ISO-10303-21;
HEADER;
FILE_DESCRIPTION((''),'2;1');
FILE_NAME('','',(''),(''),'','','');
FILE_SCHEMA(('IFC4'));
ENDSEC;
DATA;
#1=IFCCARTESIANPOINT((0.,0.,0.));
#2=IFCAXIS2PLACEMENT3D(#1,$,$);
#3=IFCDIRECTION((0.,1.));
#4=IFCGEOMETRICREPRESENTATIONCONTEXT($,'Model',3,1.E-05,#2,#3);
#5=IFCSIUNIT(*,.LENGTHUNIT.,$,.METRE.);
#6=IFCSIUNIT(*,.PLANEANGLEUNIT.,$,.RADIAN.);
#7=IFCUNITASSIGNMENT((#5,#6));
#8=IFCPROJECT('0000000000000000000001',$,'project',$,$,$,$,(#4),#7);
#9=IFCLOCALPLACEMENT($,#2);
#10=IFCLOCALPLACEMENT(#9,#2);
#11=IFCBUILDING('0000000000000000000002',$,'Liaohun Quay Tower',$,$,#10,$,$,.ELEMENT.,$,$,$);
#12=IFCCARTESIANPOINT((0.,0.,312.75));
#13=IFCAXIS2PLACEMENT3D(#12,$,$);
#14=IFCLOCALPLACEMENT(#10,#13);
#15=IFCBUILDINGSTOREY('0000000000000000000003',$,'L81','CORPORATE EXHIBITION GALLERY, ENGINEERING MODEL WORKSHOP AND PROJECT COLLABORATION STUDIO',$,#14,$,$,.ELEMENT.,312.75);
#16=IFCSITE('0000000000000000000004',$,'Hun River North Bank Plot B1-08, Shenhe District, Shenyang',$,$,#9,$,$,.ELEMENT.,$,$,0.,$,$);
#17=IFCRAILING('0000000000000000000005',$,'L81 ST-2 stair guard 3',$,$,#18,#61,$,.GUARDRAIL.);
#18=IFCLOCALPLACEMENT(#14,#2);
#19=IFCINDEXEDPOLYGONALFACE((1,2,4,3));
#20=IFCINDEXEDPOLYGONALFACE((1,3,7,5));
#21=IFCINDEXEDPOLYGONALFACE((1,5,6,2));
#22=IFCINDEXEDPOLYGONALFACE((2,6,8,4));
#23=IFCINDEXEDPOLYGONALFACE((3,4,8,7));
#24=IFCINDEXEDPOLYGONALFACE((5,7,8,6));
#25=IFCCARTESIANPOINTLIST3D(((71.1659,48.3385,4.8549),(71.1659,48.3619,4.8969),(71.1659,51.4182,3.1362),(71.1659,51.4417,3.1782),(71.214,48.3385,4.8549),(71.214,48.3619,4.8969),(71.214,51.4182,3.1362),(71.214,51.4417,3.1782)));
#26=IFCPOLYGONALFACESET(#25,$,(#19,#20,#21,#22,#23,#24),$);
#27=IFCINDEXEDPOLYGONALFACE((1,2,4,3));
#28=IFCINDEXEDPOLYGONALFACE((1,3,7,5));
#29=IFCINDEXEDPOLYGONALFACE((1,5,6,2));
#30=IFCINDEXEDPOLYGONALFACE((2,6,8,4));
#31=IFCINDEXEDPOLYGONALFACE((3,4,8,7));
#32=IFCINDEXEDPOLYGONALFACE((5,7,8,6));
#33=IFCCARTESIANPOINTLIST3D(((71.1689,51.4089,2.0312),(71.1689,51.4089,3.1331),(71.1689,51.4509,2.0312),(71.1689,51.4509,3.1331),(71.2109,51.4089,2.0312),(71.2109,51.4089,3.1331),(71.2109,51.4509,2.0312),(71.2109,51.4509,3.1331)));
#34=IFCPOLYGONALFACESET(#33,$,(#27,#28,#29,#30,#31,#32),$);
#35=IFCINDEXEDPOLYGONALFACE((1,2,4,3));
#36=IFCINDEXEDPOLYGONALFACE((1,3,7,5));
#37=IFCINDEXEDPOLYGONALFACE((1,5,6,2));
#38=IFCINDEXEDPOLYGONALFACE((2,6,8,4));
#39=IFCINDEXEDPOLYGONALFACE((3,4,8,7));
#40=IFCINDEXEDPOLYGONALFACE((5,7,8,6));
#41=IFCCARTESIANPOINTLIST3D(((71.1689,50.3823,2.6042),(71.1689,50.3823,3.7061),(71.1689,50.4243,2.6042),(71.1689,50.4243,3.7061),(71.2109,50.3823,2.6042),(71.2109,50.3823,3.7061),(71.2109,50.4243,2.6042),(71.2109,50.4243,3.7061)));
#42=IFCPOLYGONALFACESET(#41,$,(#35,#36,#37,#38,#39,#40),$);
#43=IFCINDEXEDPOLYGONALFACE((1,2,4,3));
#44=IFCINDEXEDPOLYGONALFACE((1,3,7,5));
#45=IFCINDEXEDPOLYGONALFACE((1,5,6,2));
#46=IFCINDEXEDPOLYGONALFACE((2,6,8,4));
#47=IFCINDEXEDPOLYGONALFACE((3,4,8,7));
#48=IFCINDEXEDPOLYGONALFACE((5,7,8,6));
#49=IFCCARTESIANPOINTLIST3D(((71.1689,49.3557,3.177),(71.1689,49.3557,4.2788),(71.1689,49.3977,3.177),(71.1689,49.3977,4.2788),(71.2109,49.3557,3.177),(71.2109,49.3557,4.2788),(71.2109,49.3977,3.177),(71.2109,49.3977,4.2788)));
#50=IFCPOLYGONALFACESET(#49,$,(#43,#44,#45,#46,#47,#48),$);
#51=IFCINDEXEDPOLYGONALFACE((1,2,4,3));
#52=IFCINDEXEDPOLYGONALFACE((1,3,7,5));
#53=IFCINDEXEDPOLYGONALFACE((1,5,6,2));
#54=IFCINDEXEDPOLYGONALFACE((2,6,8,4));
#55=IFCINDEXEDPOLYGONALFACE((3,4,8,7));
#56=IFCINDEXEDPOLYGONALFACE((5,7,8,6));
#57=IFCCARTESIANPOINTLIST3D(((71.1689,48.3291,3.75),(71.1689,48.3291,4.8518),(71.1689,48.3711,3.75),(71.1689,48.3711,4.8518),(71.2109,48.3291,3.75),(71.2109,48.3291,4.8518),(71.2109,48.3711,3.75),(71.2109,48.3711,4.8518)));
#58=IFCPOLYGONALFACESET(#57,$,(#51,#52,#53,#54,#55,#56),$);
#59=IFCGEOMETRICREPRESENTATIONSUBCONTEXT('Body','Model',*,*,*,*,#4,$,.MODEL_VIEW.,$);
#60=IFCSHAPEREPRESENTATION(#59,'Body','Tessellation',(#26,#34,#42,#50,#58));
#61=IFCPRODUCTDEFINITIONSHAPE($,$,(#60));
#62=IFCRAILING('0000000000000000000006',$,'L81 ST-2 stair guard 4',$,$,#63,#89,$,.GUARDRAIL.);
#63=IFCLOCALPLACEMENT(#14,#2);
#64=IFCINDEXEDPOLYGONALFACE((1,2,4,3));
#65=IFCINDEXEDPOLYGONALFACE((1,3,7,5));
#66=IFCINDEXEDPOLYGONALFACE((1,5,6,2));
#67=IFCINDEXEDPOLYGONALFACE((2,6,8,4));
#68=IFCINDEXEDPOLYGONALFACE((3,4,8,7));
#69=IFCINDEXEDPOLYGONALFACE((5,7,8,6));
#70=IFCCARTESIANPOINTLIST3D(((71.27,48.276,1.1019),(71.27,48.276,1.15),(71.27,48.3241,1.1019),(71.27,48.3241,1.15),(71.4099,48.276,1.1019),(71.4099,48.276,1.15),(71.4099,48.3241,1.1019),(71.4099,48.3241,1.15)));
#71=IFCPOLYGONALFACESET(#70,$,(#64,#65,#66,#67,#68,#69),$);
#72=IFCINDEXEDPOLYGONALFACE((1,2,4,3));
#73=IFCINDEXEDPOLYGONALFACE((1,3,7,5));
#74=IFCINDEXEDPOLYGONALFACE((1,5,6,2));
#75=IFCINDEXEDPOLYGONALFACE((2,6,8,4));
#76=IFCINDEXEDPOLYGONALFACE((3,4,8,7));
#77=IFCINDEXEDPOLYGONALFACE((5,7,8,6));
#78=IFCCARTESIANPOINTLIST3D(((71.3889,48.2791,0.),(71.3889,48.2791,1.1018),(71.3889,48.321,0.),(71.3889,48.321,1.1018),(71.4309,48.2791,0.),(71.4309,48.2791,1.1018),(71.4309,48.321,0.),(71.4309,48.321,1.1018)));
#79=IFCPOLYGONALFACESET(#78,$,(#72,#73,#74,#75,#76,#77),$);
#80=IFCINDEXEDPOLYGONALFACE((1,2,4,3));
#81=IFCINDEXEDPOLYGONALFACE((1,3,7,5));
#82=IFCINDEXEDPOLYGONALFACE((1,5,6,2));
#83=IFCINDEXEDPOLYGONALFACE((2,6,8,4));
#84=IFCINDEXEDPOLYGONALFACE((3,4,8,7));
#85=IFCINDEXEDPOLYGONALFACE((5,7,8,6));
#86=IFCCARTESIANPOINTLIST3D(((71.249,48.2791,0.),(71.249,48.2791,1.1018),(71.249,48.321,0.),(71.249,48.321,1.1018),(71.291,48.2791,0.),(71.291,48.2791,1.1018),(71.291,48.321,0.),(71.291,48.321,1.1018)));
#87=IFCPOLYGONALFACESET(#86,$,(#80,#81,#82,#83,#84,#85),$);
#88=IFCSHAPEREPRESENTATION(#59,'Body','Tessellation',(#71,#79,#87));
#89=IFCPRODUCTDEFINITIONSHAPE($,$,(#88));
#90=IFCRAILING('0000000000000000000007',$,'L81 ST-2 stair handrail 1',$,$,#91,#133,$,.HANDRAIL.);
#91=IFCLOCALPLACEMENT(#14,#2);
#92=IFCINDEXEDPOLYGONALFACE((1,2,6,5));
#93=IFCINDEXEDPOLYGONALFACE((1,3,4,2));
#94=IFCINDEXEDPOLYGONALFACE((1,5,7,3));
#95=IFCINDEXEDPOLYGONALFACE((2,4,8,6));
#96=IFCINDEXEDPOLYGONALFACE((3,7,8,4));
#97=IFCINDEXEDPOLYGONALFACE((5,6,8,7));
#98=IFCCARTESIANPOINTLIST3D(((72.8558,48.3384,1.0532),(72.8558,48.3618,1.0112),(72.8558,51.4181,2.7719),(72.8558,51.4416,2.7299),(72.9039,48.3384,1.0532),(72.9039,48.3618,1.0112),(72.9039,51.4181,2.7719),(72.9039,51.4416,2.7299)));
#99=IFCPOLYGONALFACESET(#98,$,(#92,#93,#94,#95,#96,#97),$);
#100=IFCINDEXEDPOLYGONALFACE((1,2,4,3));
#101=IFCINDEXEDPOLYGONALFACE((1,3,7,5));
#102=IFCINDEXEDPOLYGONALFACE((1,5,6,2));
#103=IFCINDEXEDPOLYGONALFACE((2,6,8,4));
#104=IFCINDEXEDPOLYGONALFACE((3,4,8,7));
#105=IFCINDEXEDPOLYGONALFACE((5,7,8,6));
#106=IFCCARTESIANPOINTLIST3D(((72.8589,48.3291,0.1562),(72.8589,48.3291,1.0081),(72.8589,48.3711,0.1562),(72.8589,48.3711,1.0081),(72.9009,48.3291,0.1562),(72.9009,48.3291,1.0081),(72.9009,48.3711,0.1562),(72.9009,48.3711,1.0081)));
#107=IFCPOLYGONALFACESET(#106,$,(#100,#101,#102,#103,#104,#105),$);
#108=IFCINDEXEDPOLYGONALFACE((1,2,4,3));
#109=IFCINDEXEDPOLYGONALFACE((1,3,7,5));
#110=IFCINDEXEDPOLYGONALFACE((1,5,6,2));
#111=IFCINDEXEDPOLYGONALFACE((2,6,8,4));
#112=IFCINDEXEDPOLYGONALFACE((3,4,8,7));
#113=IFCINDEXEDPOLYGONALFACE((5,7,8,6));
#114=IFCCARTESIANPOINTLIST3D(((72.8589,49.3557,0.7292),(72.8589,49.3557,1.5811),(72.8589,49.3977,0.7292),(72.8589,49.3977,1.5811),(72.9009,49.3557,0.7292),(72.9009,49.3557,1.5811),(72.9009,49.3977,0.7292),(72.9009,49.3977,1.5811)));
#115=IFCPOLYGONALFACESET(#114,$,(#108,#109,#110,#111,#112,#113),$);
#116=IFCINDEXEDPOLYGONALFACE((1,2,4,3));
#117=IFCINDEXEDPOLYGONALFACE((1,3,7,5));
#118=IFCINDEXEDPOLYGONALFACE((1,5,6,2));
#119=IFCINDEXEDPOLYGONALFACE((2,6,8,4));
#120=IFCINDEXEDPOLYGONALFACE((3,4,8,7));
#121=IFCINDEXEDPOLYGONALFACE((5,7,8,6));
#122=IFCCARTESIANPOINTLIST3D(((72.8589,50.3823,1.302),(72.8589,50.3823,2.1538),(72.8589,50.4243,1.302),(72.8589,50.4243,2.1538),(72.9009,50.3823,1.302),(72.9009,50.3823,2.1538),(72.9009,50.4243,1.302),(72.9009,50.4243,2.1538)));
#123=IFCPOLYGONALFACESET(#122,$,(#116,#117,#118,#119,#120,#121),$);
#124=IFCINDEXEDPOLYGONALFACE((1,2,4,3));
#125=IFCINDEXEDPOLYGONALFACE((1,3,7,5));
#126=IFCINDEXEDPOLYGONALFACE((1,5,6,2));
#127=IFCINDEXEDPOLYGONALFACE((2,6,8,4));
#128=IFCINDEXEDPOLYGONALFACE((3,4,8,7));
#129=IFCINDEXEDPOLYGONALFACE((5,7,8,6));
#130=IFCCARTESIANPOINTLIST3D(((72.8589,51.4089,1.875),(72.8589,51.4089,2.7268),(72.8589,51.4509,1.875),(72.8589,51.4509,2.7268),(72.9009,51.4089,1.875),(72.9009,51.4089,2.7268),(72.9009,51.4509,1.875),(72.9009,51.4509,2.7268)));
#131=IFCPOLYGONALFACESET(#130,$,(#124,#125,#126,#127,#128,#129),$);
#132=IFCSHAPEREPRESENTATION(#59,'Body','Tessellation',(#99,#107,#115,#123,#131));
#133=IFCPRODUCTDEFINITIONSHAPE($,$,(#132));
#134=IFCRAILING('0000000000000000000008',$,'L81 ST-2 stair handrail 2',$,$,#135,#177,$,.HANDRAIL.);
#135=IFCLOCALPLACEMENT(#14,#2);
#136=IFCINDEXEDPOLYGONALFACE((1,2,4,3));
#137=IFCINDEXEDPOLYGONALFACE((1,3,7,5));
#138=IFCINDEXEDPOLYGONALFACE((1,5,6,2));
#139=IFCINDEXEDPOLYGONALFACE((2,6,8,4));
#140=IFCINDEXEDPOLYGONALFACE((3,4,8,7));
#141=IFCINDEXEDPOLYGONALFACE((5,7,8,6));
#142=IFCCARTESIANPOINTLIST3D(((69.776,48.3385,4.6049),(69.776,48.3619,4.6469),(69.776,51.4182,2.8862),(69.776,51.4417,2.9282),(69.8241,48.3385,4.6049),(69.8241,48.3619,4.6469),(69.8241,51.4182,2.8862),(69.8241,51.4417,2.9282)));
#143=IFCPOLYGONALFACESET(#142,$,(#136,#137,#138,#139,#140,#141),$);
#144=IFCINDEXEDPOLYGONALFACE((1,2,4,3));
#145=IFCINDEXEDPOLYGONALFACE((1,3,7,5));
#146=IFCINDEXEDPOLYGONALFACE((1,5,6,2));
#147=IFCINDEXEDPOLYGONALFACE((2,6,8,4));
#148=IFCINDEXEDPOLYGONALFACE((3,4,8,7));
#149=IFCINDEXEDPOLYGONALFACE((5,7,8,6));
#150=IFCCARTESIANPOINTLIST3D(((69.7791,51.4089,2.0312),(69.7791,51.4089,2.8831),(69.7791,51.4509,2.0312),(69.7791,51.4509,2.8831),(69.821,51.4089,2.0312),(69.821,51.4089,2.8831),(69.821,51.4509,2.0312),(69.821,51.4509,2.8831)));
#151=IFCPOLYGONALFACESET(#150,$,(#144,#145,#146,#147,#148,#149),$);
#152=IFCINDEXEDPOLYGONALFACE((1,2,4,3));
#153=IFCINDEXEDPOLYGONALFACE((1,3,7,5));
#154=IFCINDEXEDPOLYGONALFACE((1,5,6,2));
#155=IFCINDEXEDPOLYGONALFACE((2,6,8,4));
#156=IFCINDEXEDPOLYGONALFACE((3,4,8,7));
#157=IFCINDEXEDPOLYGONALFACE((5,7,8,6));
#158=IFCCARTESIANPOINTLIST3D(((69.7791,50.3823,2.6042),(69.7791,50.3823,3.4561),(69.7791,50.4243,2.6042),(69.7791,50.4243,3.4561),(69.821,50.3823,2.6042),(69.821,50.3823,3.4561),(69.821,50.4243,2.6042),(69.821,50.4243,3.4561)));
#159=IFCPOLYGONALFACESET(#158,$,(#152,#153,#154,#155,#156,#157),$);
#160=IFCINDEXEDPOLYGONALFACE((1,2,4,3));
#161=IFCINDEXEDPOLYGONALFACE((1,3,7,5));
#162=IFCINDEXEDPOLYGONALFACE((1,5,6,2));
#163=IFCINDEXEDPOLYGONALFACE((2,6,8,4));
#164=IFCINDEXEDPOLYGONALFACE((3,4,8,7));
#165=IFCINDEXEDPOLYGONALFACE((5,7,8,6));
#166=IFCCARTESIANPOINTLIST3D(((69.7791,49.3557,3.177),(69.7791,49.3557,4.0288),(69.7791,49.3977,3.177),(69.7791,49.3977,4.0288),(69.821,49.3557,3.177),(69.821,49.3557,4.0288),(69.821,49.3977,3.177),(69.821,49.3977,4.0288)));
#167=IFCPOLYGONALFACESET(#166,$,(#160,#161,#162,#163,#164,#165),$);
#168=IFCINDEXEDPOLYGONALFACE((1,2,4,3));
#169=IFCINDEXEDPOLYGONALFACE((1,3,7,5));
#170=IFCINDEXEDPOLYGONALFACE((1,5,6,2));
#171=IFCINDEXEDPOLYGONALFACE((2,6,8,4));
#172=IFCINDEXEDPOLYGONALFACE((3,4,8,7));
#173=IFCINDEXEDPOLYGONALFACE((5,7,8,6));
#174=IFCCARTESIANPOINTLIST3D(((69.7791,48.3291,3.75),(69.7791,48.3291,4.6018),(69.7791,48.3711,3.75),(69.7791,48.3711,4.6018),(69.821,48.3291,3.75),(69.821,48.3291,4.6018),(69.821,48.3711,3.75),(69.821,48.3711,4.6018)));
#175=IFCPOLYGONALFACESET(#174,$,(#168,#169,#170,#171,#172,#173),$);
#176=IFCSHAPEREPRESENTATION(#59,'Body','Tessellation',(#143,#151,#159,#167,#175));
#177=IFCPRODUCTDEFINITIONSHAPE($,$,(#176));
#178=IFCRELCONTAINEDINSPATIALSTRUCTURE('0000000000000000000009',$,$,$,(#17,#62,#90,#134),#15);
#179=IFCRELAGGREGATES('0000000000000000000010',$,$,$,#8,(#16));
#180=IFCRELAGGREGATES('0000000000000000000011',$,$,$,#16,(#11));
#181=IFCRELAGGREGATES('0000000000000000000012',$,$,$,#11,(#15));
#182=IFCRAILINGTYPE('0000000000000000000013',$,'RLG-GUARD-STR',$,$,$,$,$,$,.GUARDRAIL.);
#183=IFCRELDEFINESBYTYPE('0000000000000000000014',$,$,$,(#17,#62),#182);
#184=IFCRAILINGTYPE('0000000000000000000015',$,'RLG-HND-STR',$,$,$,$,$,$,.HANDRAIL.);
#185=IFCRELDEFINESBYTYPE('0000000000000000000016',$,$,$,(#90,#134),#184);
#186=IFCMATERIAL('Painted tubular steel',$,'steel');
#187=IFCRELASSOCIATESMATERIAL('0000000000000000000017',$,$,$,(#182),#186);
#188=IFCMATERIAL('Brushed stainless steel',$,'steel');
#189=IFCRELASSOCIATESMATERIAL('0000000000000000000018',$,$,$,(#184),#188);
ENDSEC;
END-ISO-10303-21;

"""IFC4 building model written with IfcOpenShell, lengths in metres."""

from ifc_helpers import new_model, si_unit, direction, frame, origin, origin_2d, place, context, subcontext, project, spatial, rectangle, extrude, material, type_object, element, save


model = new_model("IFC4")

# Units and contexts
model_context = context("Model", 3, precision=1e-05, world=origin(), true_north=direction((0.0, 1.0)))
body_context = subcontext(model_context, "Body", "Model", "MODEL_VIEW")
ifc_project = project(units=[si_unit("LENGTHUNIT", "METRE"), si_unit("PLANEANGLEUNIT", "RADIAN")], contexts=[model_context])

# Site, building, storey
site_placement = place(None, origin())
site = spatial("IfcSite", under=ifc_project, at=site_placement, Name="Hun River North Bank Plot B1-08, Shenhe District, Shenyang", CompositionType="ELEMENT", RefElevation=0.0)
building_placement = place(site_placement, origin())
building = spatial("IfcBuilding", under=site, at=building_placement, Name="Liaohun Quay Tower", CompositionType="ELEMENT")
storey_placement = place(building_placement, frame((0.0, 0.0, 312.75)))
storey = spatial("IfcBuildingStorey", under=building, at=storey_placement, Name="L81", Description="CORPORATE EXHIBITION GALLERY, ENGINEERING MODEL WORKSHOP AND PROJECT COLLABORATION STUDIO", CompositionType="ELEMENT", Elevation=312.75)

# Railings
ifc_material_1 = material(Name="Painted tubular steel", Category="steel")
railing_type_1 = type_object("IfcRailingType", Name="RLG-GUARD-STR", PredefinedType="GUARDRAIL", material=ifc_material_1)
railing_1_placement = place(storey_placement, frame((71.1899, 51.4299, 2.0312)))
element("IfcRailing", 1, at=railing_1_placement, inside=storey, type_object=railing_type_1, Name="L81 ST-2 stair guard 3", PredefinedType="GUARDRAIL", context=body_context, shape_type="SweptSolid", body=[
    extrude(rectangle(XDim=0.0481, YDim=0.0481, at=origin_2d()), frame((0.0, 0.0, 1.126), z_axis=(0.0, -0.873225, 0.487317), x_axis=(1.0, 0.0, 0.0)), (0.0, 0.0, 1.0), 3.5269),
    extrude(rectangle(XDim=0.042, YDim=0.042, at=origin_2d()), origin(), (0.0, 0.0, 1.0), 1.1018),
    extrude(rectangle(XDim=0.042, YDim=0.042, at=origin_2d()), frame((0.0, -1.0266, 0.573)), (0.0, 0.0, 1.0), 1.1018),
    extrude(rectangle(XDim=0.042, YDim=0.042, at=origin_2d()), frame((0.0, -2.0532, 1.1458)), (0.0, 0.0, 1.0), 1.1018),
    extrude(rectangle(XDim=0.042, YDim=0.042, at=origin_2d()), frame((0.0, -3.0798, 1.7188)), (0.0, 0.0, 1.0), 1.1018),
])
railing_2_placement = place(storey_placement, frame((71.4099, 48.3, 0.0)))
element("IfcRailing", 2, at=railing_2_placement, inside=storey, type_object=railing_type_1, Name="L81 ST-2 stair guard 4", PredefinedType="GUARDRAIL", context=body_context, shape_type="SweptSolid", body=[
    extrude(rectangle(XDim=0.0481, YDim=0.0481, at=origin_2d()), frame((0.0, 0.0, 1.126), z_axis=(-1.0, 0.0, 0.0), x_axis=(0.0, -1.0, 0.0)), (0.0, 0.0, 1.0), 0.1399),
    extrude(rectangle(XDim=0.042, YDim=0.042, at=origin_2d()), origin(), (0.0, 0.0, 1.0), 1.1018),
    extrude(rectangle(XDim=0.042, YDim=0.042, at=origin_2d()), frame((-0.1399, 0.0, 0.0)), (0.0, 0.0, 1.0), 1.1018),
])
ifc_material_2 = material(Name="Brushed stainless steel", Category="steel")
railing_type_2 = type_object("IfcRailingType", Name="RLG-HND-STR", PredefinedType="HANDRAIL", material=ifc_material_2)
railing_3_placement = place(storey_placement, frame((72.8799, 48.3501, 0.1562)))
element("IfcRailing", 3, at=railing_3_placement, inside=storey, type_object=railing_type_2, Name="L81 ST-2 stair handrail 1", PredefinedType="HANDRAIL", context=body_context, shape_type="SweptSolid", body=[
    extrude(rectangle(XDim=0.0481, YDim=0.0481, at=origin_2d()), frame((0.0, 0.0, 0.876), z_axis=(0.0, 0.873225, 0.487317), x_axis=(-1.0, 0.0, 0.0)), (0.0, 0.0, 1.0), 3.5269),
    extrude(rectangle(XDim=0.042, YDim=0.042, at=origin_2d()), origin(), (0.0, 0.0, 1.0), 0.8518),
    extrude(rectangle(XDim=0.042, YDim=0.042, at=origin_2d()), frame((0.0, 1.0266, 0.573)), (0.0, 0.0, 1.0), 0.8518),
    extrude(rectangle(XDim=0.042, YDim=0.042, at=origin_2d()), frame((0.0, 2.0532, 1.1458)), (0.0, 0.0, 1.0), 0.8518),
    extrude(rectangle(XDim=0.042, YDim=0.042, at=origin_2d()), frame((0.0, 3.0798, 1.7188)), (0.0, 0.0, 1.0), 0.8518),
])
railing_4_placement = place(storey_placement, frame((69.8, 51.4299, 2.0312)))
element("IfcRailing", 4, at=railing_4_placement, inside=storey, type_object=railing_type_2, Name="L81 ST-2 stair handrail 2", PredefinedType="HANDRAIL", context=body_context, shape_type="SweptSolid", body=[
    extrude(rectangle(XDim=0.0481, YDim=0.0481, at=origin_2d()), frame((0.0, 0.0, 0.876), z_axis=(0.0, -0.873225, 0.487317), x_axis=(1.0, 0.0, 0.0)), (0.0, 0.0, 1.0), 3.5269),
    extrude(rectangle(XDim=0.042, YDim=0.042, at=origin_2d()), origin(), (0.0, 0.0, 1.0), 0.8518),
    extrude(rectangle(XDim=0.042, YDim=0.042, at=origin_2d()), frame((0.0, -1.0266, 0.573)), (0.0, 0.0, 1.0), 0.8518),
    extrude(rectangle(XDim=0.042, YDim=0.042, at=origin_2d()), frame((0.0, -2.0532, 1.1458)), (0.0, 0.0, 1.0), 0.8518),
    extrude(rectangle(XDim=0.042, YDim=0.042, at=origin_2d()), frame((0.0, -3.0798, 1.7188)), (0.0, 0.0, 1.0), 0.8518),
])

save(model, "model.ifc")
